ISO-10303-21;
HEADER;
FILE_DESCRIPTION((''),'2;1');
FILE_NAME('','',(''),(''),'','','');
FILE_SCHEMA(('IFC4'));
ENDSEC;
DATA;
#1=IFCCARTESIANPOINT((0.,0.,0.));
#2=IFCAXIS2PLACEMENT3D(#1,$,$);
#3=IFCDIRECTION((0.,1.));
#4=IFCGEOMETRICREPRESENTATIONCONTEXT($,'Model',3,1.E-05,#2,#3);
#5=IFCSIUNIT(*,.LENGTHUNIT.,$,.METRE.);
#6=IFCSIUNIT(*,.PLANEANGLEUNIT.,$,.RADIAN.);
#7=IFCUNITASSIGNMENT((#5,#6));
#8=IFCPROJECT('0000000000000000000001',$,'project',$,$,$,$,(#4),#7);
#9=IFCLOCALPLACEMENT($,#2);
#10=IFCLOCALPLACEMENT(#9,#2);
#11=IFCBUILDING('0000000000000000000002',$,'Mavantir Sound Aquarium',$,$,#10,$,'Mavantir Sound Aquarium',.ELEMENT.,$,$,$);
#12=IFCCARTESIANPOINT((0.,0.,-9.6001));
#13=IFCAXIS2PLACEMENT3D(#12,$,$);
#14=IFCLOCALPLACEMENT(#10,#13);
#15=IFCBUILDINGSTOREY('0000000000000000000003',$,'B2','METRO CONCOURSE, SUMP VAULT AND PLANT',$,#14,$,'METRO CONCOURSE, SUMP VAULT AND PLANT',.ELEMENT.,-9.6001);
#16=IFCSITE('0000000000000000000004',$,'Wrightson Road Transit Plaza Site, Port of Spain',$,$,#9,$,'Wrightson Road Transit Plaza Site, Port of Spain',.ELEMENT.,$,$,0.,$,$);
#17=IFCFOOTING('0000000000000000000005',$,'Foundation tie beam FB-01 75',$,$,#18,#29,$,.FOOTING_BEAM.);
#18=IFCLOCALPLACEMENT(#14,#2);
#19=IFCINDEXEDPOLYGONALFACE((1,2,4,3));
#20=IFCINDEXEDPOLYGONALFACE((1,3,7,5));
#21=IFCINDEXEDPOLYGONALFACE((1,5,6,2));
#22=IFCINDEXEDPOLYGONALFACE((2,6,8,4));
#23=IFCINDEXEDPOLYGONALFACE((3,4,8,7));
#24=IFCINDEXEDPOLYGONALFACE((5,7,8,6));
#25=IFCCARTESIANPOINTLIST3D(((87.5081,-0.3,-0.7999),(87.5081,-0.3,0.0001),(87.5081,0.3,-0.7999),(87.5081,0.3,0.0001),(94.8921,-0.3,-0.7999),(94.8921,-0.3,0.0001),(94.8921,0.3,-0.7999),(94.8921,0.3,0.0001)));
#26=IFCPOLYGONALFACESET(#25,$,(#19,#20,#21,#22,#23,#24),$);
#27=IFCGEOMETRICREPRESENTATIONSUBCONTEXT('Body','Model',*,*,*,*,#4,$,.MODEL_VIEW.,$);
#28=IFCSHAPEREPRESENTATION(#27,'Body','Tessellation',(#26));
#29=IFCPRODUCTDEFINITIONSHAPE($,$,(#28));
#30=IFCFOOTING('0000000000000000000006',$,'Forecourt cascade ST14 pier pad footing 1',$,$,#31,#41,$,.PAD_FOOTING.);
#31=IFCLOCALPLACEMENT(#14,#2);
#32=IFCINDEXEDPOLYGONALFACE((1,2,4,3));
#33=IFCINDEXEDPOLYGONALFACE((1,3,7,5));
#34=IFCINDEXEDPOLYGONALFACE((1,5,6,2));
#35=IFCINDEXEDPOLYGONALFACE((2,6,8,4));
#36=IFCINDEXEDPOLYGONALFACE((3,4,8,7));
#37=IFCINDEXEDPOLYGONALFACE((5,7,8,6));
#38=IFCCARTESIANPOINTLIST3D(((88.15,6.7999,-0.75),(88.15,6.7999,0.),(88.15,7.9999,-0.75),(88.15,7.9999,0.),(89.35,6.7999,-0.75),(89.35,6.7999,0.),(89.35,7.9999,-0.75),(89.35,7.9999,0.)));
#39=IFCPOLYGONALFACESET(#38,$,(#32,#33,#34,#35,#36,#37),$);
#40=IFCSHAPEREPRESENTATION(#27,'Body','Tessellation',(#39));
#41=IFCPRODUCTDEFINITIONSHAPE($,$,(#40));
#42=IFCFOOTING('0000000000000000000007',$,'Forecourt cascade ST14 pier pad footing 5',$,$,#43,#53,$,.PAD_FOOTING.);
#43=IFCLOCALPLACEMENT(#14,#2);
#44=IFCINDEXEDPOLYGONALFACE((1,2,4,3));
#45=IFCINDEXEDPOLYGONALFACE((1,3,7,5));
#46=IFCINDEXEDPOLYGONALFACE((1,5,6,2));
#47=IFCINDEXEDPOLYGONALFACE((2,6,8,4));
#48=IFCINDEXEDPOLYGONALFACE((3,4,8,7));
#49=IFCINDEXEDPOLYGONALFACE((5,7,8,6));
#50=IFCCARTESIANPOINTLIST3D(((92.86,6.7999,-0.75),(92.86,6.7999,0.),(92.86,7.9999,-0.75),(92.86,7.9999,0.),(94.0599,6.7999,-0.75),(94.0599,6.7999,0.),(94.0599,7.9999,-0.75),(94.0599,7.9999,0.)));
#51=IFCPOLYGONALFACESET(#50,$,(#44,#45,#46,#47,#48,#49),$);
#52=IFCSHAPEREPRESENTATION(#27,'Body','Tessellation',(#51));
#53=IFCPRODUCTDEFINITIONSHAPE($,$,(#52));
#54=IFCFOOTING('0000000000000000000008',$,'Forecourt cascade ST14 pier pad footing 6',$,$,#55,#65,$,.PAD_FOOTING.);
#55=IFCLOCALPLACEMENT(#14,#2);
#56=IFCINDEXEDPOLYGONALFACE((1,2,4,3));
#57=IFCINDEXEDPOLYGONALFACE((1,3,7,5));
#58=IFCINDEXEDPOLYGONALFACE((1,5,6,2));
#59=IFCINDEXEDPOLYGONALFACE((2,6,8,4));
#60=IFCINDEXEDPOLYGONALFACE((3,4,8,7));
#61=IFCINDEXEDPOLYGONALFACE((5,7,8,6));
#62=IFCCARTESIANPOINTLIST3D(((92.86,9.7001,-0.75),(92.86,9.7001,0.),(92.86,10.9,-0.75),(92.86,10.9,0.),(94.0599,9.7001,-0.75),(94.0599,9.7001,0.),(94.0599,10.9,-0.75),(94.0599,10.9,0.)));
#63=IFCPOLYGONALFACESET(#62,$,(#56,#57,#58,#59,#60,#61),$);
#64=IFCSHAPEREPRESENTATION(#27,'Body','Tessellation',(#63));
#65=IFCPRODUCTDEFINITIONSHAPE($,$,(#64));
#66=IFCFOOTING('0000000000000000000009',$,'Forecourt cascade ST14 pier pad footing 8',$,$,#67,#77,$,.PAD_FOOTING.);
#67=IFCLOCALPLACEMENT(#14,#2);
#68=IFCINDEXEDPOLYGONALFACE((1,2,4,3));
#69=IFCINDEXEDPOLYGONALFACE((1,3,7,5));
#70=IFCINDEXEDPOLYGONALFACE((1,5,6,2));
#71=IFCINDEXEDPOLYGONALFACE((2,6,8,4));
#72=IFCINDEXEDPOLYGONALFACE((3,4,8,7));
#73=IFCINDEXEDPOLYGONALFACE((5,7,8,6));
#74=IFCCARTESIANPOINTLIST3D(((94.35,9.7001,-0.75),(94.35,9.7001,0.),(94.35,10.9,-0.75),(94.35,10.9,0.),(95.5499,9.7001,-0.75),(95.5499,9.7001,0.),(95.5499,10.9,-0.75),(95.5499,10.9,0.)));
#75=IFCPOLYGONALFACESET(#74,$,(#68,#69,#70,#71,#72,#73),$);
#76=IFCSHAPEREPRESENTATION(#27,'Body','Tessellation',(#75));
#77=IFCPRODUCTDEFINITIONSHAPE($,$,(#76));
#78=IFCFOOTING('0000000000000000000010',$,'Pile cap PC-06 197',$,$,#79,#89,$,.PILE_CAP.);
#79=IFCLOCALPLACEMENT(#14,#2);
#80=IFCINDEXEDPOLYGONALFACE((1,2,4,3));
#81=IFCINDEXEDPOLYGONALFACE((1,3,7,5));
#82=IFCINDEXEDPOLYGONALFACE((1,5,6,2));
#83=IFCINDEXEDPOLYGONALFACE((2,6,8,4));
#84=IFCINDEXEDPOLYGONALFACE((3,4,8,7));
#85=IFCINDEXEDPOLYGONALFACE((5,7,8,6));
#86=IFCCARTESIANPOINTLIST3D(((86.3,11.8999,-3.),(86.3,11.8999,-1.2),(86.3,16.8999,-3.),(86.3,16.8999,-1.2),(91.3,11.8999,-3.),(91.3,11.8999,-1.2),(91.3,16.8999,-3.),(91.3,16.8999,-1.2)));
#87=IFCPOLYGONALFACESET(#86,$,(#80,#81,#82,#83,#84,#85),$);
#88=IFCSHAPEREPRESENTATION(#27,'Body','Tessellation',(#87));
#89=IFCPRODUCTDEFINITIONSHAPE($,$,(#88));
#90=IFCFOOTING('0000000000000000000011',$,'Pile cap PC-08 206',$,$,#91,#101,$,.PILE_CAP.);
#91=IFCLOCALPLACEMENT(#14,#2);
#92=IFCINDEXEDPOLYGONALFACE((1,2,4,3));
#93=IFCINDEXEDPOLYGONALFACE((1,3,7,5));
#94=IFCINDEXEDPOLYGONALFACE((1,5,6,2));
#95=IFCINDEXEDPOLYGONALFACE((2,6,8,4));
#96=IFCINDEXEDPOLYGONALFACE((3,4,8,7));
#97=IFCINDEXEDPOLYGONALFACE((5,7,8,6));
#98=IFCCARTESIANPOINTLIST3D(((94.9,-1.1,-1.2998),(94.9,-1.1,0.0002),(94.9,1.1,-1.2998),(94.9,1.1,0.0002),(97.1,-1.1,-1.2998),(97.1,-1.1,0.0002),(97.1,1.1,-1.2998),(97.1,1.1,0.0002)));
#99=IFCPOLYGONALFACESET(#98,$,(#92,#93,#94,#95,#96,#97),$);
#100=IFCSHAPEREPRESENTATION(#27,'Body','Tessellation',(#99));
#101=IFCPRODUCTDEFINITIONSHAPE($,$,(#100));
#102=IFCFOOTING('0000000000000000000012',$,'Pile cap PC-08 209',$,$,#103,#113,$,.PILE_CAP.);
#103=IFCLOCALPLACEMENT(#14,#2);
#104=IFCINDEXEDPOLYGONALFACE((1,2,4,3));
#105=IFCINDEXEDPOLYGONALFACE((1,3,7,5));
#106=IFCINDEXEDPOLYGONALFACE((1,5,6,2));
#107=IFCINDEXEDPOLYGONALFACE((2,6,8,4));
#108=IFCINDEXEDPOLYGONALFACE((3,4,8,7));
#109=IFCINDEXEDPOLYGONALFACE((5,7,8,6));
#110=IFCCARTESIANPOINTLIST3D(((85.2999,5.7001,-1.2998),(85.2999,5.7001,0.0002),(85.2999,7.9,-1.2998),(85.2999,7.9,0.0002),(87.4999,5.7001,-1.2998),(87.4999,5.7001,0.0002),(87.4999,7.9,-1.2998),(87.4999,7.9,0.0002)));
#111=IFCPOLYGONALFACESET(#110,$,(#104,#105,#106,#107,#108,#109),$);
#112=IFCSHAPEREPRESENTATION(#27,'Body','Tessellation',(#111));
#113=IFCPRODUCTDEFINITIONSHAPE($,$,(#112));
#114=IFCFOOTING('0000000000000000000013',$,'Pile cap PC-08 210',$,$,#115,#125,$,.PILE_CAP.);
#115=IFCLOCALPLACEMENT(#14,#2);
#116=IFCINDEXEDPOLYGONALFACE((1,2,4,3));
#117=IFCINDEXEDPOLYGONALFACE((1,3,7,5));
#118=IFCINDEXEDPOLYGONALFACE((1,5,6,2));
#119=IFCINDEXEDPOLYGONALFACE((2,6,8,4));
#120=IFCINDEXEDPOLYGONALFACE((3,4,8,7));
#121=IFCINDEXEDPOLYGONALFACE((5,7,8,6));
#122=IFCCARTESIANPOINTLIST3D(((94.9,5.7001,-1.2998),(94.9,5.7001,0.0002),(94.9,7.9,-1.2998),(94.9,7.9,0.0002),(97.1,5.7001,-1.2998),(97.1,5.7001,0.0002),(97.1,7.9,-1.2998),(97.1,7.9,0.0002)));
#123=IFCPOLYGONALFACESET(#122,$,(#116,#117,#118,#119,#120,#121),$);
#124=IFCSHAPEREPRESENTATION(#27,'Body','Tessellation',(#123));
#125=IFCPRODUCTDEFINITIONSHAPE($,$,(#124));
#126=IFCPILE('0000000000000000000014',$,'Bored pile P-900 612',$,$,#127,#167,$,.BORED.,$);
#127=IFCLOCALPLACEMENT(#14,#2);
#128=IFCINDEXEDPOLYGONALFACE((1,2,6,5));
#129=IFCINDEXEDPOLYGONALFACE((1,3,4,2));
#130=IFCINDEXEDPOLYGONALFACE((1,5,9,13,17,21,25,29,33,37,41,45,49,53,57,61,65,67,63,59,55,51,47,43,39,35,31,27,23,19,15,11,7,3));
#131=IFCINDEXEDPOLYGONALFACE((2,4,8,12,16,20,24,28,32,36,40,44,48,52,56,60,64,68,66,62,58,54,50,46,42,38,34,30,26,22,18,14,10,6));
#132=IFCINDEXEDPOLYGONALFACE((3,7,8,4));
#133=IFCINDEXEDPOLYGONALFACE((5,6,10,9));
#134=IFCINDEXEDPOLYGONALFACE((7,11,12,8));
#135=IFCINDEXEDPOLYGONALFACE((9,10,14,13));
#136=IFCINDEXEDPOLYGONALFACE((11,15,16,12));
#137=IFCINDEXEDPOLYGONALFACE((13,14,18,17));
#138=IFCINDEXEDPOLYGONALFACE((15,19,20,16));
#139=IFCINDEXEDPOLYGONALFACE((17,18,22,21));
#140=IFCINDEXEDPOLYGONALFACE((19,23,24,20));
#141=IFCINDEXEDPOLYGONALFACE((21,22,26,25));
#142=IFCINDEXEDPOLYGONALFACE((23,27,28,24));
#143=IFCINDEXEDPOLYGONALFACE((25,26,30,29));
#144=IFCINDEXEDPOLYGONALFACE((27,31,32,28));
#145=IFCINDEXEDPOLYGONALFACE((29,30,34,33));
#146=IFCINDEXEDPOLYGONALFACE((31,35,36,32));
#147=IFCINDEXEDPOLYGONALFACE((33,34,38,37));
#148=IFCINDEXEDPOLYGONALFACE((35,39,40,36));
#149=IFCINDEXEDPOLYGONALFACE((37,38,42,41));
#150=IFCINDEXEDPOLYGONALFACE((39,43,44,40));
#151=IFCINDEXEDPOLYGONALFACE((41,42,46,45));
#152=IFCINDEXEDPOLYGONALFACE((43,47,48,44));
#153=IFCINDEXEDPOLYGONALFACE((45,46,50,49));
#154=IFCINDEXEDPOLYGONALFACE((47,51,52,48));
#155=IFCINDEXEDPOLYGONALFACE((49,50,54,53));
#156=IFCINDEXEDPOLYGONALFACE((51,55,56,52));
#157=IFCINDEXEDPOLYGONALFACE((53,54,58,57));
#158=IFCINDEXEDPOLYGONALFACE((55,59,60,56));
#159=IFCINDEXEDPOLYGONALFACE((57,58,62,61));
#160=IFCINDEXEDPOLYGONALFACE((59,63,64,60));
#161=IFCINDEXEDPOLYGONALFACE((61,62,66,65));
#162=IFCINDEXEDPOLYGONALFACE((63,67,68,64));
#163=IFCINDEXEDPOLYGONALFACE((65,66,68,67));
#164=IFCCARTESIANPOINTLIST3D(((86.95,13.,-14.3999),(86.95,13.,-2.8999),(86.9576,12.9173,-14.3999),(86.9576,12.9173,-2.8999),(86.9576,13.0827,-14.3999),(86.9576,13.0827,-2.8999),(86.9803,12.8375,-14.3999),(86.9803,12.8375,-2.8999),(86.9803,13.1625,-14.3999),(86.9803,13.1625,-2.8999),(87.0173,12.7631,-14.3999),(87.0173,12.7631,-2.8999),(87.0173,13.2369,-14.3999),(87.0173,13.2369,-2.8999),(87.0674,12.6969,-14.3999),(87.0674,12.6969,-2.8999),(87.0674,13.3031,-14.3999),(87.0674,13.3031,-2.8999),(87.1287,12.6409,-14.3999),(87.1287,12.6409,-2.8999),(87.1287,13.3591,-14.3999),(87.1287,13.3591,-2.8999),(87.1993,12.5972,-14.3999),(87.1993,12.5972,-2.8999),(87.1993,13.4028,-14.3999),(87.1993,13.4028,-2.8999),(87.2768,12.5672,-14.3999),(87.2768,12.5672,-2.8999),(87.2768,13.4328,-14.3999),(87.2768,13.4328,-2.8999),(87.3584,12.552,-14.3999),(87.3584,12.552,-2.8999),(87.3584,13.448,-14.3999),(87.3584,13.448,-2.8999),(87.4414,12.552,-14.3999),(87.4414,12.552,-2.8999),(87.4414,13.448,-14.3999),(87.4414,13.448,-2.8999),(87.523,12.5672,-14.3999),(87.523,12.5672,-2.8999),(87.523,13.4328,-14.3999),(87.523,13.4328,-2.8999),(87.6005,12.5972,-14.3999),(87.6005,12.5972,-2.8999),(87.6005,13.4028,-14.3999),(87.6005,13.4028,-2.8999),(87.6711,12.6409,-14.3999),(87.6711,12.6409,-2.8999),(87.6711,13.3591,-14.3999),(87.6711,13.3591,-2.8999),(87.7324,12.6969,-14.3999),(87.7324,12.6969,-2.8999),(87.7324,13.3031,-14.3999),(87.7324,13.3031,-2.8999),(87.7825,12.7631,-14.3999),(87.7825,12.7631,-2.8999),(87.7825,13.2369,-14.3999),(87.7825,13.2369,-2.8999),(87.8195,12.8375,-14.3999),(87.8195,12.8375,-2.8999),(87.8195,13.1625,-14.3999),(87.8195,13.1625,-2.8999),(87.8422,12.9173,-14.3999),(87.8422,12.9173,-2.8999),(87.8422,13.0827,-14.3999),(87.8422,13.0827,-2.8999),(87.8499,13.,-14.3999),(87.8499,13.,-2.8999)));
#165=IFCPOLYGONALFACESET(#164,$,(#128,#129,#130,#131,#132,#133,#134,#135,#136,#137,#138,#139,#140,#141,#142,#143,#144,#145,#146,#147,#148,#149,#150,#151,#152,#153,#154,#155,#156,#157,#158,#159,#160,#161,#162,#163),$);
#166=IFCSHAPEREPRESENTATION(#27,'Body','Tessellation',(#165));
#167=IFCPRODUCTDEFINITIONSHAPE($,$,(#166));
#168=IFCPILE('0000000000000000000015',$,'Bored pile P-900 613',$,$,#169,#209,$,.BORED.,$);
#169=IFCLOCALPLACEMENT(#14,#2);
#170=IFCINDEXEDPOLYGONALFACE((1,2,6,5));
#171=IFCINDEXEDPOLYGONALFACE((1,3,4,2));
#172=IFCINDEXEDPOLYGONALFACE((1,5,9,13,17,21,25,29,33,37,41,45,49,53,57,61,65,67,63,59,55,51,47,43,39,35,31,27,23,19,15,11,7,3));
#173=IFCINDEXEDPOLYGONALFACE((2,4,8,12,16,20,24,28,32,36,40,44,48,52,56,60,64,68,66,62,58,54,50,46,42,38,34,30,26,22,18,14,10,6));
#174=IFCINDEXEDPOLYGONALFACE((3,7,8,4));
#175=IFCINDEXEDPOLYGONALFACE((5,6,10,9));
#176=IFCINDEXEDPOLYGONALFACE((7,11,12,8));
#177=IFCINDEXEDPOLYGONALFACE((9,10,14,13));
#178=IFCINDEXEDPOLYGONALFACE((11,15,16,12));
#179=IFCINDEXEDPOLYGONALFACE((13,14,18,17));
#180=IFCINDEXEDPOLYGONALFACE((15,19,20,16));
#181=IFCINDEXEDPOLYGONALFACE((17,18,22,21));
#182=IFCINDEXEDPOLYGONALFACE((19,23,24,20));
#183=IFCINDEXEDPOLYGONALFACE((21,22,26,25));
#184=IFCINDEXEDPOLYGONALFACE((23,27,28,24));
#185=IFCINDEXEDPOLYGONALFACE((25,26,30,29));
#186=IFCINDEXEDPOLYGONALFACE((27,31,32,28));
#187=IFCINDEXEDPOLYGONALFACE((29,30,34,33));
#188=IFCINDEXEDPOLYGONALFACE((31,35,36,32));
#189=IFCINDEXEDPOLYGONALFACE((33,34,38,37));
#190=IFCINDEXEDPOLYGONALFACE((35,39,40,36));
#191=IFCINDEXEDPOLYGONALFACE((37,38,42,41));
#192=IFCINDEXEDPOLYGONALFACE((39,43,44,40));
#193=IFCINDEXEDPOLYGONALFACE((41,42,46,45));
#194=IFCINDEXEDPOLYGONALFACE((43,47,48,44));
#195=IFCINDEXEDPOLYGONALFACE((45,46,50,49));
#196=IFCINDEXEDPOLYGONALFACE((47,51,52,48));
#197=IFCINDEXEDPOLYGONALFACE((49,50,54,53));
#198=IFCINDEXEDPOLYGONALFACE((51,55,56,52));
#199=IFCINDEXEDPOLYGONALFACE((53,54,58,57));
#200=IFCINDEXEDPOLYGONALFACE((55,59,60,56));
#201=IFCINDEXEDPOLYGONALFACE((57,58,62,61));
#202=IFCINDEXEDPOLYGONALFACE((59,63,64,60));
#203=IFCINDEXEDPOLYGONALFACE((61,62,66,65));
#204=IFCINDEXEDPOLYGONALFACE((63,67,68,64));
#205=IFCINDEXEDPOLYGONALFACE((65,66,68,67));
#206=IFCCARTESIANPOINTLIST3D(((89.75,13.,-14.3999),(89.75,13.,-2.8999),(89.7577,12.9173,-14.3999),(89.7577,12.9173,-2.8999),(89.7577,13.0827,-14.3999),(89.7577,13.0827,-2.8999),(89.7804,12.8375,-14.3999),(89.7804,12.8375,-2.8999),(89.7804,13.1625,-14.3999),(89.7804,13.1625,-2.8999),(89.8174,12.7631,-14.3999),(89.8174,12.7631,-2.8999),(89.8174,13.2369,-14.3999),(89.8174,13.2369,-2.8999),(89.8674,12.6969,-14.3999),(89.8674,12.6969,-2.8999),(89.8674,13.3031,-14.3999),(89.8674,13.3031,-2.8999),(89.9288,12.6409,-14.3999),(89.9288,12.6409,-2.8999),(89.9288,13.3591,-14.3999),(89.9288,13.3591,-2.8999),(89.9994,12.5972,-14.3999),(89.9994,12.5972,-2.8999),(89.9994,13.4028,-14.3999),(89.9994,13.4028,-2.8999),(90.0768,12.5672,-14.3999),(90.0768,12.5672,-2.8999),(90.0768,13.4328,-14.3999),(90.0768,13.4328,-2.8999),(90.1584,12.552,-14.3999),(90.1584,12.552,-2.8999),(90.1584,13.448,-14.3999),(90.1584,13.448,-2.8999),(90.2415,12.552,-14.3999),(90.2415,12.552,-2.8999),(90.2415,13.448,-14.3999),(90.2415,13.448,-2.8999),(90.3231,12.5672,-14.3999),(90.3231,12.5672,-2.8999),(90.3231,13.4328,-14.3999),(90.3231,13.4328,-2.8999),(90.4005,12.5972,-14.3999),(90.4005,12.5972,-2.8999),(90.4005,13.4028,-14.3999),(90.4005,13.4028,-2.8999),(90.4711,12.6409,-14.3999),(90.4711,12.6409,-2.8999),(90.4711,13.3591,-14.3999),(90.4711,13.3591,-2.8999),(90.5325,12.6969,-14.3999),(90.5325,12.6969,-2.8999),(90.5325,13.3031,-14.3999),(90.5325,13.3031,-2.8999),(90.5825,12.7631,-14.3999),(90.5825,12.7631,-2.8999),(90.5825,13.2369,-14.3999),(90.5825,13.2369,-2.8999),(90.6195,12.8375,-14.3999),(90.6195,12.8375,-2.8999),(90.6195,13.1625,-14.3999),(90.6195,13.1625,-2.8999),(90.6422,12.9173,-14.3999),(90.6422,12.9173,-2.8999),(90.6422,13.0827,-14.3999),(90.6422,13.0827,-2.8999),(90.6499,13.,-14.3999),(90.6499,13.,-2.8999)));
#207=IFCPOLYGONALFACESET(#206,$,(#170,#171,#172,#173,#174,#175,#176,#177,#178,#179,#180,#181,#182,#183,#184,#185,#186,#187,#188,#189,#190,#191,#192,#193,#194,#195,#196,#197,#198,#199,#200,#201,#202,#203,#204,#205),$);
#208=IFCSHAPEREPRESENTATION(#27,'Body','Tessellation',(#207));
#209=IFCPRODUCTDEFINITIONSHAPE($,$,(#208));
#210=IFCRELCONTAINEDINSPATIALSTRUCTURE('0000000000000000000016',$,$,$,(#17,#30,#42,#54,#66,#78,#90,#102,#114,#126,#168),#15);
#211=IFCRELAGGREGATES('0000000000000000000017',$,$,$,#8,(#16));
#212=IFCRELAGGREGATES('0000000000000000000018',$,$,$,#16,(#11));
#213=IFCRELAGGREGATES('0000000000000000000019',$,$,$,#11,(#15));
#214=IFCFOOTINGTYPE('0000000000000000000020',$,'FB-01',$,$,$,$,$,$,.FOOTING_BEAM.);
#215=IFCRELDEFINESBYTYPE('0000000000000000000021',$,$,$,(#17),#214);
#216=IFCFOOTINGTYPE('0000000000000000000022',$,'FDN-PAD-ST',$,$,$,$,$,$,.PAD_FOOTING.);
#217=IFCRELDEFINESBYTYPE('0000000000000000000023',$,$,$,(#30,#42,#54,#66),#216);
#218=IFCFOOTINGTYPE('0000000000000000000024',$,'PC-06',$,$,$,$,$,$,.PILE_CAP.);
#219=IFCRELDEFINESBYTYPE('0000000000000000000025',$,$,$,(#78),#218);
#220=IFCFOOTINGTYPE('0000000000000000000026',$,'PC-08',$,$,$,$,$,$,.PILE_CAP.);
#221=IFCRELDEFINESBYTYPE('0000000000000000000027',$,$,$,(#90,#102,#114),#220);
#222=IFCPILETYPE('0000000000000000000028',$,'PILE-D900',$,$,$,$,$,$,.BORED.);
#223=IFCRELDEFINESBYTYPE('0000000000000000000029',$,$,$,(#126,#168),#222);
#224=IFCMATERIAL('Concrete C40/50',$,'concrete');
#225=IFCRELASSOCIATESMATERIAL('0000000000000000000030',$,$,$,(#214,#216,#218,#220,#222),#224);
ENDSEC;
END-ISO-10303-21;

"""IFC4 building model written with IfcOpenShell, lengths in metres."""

from ifc_helpers import new_model, si_unit, direction, frame, origin, origin_2d, place, context, subcontext, project, spatial, rectangle, circle, extrude, material, material_profile, profile_set, type_object, element, save


model = new_model("IFC4")

# Units and contexts
model_context = context("Model", 3, precision=1e-05, world=origin(), true_north=direction((0.0, 1.0)))
body_context = subcontext(model_context, "Body", "Model", "MODEL_VIEW")
ifc_project = project(units=[si_unit("LENGTHUNIT", "METRE"), si_unit("PLANEANGLEUNIT", "RADIAN")], contexts=[model_context])

# Site, building, storey
site_placement = place(None, origin())
site = spatial("IfcSite", under=ifc_project, at=site_placement, Name="Wrightson Road Transit Plaza Site, Port of Spain", LongName="Wrightson Road Transit Plaza Site, Port of Spain", CompositionType="ELEMENT", RefElevation=0.0)
building_placement = place(site_placement, origin())
building = spatial("IfcBuilding", under=site, at=building_placement, Name="Mavantir Sound Aquarium", LongName="Mavantir Sound Aquarium", CompositionType="ELEMENT")
storey_placement = place(building_placement, frame((0.0, 0.0, -9.6001)))
storey = spatial("IfcBuildingStorey", under=building, at=storey_placement, Name="B2", Description="METRO CONCOURSE, SUMP VAULT AND PLANT", LongName="METRO CONCOURSE, SUMP VAULT AND PLANT", CompositionType="ELEMENT", Elevation=-9.6001)

# Footings
ifc_material_1 = material(Name="Concrete C40/50", Category="concrete")
ifc_material_profile_1 = material_profile(ifc_material_1, rectangle(XDim=0.6001, YDim=0.8, at=origin_2d()), Name="RC 600X800")
ifc_profile_set_1 = profile_set([ifc_material_profile_1], Name="Concrete C40/50")
footing_type_1 = type_object("IfcFootingType", Name="FB-01", PredefinedType="FOOTING_BEAM", material=ifc_profile_set_1)
footing_1_placement = place(storey_placement, frame((87.5081, 0.0, -0.3999), z_axis=(1.0, 0.0, 0.0), x_axis=(0.0, 1.0, 0.0)))
element("IfcFooting", 1, at=footing_1_placement, inside=storey, type_object=footing_type_1, Name="Foundation tie beam FB-01 75", PredefinedType="FOOTING_BEAM", context=body_context, shape_type="SweptSolid", body=[
    extrude(rectangle(XDim=0.6001, YDim=0.8, at=origin_2d()), origin(), (0.0, 0.0, 1.0), 7.384),
])
footing_type_2 = type_object("IfcFootingType", Name="FDN-PAD-ST", PredefinedType="PAD_FOOTING", material=ifc_material_1)
for number, where, z_axis, x_axis, name in (
    (2, (88.75, 7.3999, -0.75), (0.0, 0.0, 1.0), (1.0, 0.0, 0.0), "Forecourt cascade ST14 pier pad footing 1"),
    (3, (93.46, 7.3999, -0.75), (0.0, 0.0, 1.0), (1.0, 0.0, 0.0), "Forecourt cascade ST14 pier pad footing 5"),
    (4, (93.46, 10.3, -0.75), (0.0, 0.0, 1.0), (1.0, 0.0, 0.0), "Forecourt cascade ST14 pier pad footing 6"),
    (5, (94.95, 10.3, -0.75), (0.0, 0.0, 1.0), (1.0, 0.0, 0.0), "Forecourt cascade ST14 pier pad footing 8"),
):
    element("IfcFooting", number, at=place(storey_placement, frame(where, z_axis=z_axis, x_axis=x_axis)), inside=storey, type_object=footing_type_2, Name=name, PredefinedType="PAD_FOOTING", context=body_context, shape_type="SweptSolid", body=[
        extrude(rectangle(XDim=1.2, YDim=1.2, at=origin_2d()), origin(), (0.0, 0.0, 1.0), 0.75),
    ])
footing_type_3 = type_object("IfcFootingType", Name="PC-06", PredefinedType="PILE_CAP", material=ifc_material_1)
footing_2_placement = place(storey_placement, frame((88.8, 14.3999, -3.0), z_axis=(0.0, 0.0, 1.0), x_axis=(1.0, 0.0, 0.0)))
element("IfcFooting", 6, at=footing_2_placement, inside=storey, type_object=footing_type_3, Name="Pile cap PC-06 197", PredefinedType="PILE_CAP", context=body_context, shape_type="SweptSolid", body=[
    extrude(rectangle(XDim=5.0, YDim=5.0, at=origin_2d()), origin(), (0.0, 0.0, 1.0), 1.8),
])
footing_type_4 = type_object("IfcFootingType", Name="PC-08", PredefinedType="PILE_CAP", material=ifc_material_1)
for number, where, z_axis, x_axis, name in (
    (7, (96.0, 0.0, -1.2998), (0.0, 0.0, 1.0), (1.0, 0.0, 0.0), "Pile cap PC-08 206"),
    (8, (86.3999, 6.8, -1.2998), (0.0, 0.0, 1.0), (1.0, 0.0, 0.0), "Pile cap PC-08 209"),
    (9, (96.0, 6.8, -1.2998), (0.0, 0.0, 1.0), (1.0, 0.0, 0.0), "Pile cap PC-08 210"),
):
    element("IfcFooting", number, at=place(storey_placement, frame(where, z_axis=z_axis, x_axis=x_axis)), inside=storey, type_object=footing_type_4, Name=name, PredefinedType="PILE_CAP", context=body_context, shape_type="SweptSolid", body=[
        extrude(rectangle(XDim=2.2, YDim=2.2, at=origin_2d()), origin(), (0.0, 0.0, 1.0), 1.3),
    ])

# Piles
ifc_material_profile_2 = material_profile(ifc_material_1, circle(Radius=0.45, at=origin_2d()), Name="PILE D900")
ifc_profile_set_2 = profile_set([ifc_material_profile_2], Name="Concrete C40/50")
pile_type = type_object("IfcPileType", Name="PILE-D900", PredefinedType="BORED", material=ifc_profile_set_2)
for number, where, z_axis, x_axis, name in (
    (10, (87.3999, 13.0, -2.8999), (0.0, 0.0, -1.0), (1.0, 0.0, 0.0), "Bored pile P-900 612"),
    (11, (90.2, 13.0, -2.8999), (0.0, 0.0, -1.0), (1.0, 0.0, 0.0), "Bored pile P-900 613"),
):
    element("IfcPile", number, at=place(storey_placement, frame(where, z_axis=z_axis, x_axis=x_axis)), inside=storey, type_object=pile_type, Name=name, PredefinedType="BORED", context=body_context, shape_type="SweptSolid", body=[
        extrude(circle(Radius=0.45, at=origin_2d()), origin(), (0.0, 0.0, 1.0), 11.5),
    ])

save(model, "model.ifc")
